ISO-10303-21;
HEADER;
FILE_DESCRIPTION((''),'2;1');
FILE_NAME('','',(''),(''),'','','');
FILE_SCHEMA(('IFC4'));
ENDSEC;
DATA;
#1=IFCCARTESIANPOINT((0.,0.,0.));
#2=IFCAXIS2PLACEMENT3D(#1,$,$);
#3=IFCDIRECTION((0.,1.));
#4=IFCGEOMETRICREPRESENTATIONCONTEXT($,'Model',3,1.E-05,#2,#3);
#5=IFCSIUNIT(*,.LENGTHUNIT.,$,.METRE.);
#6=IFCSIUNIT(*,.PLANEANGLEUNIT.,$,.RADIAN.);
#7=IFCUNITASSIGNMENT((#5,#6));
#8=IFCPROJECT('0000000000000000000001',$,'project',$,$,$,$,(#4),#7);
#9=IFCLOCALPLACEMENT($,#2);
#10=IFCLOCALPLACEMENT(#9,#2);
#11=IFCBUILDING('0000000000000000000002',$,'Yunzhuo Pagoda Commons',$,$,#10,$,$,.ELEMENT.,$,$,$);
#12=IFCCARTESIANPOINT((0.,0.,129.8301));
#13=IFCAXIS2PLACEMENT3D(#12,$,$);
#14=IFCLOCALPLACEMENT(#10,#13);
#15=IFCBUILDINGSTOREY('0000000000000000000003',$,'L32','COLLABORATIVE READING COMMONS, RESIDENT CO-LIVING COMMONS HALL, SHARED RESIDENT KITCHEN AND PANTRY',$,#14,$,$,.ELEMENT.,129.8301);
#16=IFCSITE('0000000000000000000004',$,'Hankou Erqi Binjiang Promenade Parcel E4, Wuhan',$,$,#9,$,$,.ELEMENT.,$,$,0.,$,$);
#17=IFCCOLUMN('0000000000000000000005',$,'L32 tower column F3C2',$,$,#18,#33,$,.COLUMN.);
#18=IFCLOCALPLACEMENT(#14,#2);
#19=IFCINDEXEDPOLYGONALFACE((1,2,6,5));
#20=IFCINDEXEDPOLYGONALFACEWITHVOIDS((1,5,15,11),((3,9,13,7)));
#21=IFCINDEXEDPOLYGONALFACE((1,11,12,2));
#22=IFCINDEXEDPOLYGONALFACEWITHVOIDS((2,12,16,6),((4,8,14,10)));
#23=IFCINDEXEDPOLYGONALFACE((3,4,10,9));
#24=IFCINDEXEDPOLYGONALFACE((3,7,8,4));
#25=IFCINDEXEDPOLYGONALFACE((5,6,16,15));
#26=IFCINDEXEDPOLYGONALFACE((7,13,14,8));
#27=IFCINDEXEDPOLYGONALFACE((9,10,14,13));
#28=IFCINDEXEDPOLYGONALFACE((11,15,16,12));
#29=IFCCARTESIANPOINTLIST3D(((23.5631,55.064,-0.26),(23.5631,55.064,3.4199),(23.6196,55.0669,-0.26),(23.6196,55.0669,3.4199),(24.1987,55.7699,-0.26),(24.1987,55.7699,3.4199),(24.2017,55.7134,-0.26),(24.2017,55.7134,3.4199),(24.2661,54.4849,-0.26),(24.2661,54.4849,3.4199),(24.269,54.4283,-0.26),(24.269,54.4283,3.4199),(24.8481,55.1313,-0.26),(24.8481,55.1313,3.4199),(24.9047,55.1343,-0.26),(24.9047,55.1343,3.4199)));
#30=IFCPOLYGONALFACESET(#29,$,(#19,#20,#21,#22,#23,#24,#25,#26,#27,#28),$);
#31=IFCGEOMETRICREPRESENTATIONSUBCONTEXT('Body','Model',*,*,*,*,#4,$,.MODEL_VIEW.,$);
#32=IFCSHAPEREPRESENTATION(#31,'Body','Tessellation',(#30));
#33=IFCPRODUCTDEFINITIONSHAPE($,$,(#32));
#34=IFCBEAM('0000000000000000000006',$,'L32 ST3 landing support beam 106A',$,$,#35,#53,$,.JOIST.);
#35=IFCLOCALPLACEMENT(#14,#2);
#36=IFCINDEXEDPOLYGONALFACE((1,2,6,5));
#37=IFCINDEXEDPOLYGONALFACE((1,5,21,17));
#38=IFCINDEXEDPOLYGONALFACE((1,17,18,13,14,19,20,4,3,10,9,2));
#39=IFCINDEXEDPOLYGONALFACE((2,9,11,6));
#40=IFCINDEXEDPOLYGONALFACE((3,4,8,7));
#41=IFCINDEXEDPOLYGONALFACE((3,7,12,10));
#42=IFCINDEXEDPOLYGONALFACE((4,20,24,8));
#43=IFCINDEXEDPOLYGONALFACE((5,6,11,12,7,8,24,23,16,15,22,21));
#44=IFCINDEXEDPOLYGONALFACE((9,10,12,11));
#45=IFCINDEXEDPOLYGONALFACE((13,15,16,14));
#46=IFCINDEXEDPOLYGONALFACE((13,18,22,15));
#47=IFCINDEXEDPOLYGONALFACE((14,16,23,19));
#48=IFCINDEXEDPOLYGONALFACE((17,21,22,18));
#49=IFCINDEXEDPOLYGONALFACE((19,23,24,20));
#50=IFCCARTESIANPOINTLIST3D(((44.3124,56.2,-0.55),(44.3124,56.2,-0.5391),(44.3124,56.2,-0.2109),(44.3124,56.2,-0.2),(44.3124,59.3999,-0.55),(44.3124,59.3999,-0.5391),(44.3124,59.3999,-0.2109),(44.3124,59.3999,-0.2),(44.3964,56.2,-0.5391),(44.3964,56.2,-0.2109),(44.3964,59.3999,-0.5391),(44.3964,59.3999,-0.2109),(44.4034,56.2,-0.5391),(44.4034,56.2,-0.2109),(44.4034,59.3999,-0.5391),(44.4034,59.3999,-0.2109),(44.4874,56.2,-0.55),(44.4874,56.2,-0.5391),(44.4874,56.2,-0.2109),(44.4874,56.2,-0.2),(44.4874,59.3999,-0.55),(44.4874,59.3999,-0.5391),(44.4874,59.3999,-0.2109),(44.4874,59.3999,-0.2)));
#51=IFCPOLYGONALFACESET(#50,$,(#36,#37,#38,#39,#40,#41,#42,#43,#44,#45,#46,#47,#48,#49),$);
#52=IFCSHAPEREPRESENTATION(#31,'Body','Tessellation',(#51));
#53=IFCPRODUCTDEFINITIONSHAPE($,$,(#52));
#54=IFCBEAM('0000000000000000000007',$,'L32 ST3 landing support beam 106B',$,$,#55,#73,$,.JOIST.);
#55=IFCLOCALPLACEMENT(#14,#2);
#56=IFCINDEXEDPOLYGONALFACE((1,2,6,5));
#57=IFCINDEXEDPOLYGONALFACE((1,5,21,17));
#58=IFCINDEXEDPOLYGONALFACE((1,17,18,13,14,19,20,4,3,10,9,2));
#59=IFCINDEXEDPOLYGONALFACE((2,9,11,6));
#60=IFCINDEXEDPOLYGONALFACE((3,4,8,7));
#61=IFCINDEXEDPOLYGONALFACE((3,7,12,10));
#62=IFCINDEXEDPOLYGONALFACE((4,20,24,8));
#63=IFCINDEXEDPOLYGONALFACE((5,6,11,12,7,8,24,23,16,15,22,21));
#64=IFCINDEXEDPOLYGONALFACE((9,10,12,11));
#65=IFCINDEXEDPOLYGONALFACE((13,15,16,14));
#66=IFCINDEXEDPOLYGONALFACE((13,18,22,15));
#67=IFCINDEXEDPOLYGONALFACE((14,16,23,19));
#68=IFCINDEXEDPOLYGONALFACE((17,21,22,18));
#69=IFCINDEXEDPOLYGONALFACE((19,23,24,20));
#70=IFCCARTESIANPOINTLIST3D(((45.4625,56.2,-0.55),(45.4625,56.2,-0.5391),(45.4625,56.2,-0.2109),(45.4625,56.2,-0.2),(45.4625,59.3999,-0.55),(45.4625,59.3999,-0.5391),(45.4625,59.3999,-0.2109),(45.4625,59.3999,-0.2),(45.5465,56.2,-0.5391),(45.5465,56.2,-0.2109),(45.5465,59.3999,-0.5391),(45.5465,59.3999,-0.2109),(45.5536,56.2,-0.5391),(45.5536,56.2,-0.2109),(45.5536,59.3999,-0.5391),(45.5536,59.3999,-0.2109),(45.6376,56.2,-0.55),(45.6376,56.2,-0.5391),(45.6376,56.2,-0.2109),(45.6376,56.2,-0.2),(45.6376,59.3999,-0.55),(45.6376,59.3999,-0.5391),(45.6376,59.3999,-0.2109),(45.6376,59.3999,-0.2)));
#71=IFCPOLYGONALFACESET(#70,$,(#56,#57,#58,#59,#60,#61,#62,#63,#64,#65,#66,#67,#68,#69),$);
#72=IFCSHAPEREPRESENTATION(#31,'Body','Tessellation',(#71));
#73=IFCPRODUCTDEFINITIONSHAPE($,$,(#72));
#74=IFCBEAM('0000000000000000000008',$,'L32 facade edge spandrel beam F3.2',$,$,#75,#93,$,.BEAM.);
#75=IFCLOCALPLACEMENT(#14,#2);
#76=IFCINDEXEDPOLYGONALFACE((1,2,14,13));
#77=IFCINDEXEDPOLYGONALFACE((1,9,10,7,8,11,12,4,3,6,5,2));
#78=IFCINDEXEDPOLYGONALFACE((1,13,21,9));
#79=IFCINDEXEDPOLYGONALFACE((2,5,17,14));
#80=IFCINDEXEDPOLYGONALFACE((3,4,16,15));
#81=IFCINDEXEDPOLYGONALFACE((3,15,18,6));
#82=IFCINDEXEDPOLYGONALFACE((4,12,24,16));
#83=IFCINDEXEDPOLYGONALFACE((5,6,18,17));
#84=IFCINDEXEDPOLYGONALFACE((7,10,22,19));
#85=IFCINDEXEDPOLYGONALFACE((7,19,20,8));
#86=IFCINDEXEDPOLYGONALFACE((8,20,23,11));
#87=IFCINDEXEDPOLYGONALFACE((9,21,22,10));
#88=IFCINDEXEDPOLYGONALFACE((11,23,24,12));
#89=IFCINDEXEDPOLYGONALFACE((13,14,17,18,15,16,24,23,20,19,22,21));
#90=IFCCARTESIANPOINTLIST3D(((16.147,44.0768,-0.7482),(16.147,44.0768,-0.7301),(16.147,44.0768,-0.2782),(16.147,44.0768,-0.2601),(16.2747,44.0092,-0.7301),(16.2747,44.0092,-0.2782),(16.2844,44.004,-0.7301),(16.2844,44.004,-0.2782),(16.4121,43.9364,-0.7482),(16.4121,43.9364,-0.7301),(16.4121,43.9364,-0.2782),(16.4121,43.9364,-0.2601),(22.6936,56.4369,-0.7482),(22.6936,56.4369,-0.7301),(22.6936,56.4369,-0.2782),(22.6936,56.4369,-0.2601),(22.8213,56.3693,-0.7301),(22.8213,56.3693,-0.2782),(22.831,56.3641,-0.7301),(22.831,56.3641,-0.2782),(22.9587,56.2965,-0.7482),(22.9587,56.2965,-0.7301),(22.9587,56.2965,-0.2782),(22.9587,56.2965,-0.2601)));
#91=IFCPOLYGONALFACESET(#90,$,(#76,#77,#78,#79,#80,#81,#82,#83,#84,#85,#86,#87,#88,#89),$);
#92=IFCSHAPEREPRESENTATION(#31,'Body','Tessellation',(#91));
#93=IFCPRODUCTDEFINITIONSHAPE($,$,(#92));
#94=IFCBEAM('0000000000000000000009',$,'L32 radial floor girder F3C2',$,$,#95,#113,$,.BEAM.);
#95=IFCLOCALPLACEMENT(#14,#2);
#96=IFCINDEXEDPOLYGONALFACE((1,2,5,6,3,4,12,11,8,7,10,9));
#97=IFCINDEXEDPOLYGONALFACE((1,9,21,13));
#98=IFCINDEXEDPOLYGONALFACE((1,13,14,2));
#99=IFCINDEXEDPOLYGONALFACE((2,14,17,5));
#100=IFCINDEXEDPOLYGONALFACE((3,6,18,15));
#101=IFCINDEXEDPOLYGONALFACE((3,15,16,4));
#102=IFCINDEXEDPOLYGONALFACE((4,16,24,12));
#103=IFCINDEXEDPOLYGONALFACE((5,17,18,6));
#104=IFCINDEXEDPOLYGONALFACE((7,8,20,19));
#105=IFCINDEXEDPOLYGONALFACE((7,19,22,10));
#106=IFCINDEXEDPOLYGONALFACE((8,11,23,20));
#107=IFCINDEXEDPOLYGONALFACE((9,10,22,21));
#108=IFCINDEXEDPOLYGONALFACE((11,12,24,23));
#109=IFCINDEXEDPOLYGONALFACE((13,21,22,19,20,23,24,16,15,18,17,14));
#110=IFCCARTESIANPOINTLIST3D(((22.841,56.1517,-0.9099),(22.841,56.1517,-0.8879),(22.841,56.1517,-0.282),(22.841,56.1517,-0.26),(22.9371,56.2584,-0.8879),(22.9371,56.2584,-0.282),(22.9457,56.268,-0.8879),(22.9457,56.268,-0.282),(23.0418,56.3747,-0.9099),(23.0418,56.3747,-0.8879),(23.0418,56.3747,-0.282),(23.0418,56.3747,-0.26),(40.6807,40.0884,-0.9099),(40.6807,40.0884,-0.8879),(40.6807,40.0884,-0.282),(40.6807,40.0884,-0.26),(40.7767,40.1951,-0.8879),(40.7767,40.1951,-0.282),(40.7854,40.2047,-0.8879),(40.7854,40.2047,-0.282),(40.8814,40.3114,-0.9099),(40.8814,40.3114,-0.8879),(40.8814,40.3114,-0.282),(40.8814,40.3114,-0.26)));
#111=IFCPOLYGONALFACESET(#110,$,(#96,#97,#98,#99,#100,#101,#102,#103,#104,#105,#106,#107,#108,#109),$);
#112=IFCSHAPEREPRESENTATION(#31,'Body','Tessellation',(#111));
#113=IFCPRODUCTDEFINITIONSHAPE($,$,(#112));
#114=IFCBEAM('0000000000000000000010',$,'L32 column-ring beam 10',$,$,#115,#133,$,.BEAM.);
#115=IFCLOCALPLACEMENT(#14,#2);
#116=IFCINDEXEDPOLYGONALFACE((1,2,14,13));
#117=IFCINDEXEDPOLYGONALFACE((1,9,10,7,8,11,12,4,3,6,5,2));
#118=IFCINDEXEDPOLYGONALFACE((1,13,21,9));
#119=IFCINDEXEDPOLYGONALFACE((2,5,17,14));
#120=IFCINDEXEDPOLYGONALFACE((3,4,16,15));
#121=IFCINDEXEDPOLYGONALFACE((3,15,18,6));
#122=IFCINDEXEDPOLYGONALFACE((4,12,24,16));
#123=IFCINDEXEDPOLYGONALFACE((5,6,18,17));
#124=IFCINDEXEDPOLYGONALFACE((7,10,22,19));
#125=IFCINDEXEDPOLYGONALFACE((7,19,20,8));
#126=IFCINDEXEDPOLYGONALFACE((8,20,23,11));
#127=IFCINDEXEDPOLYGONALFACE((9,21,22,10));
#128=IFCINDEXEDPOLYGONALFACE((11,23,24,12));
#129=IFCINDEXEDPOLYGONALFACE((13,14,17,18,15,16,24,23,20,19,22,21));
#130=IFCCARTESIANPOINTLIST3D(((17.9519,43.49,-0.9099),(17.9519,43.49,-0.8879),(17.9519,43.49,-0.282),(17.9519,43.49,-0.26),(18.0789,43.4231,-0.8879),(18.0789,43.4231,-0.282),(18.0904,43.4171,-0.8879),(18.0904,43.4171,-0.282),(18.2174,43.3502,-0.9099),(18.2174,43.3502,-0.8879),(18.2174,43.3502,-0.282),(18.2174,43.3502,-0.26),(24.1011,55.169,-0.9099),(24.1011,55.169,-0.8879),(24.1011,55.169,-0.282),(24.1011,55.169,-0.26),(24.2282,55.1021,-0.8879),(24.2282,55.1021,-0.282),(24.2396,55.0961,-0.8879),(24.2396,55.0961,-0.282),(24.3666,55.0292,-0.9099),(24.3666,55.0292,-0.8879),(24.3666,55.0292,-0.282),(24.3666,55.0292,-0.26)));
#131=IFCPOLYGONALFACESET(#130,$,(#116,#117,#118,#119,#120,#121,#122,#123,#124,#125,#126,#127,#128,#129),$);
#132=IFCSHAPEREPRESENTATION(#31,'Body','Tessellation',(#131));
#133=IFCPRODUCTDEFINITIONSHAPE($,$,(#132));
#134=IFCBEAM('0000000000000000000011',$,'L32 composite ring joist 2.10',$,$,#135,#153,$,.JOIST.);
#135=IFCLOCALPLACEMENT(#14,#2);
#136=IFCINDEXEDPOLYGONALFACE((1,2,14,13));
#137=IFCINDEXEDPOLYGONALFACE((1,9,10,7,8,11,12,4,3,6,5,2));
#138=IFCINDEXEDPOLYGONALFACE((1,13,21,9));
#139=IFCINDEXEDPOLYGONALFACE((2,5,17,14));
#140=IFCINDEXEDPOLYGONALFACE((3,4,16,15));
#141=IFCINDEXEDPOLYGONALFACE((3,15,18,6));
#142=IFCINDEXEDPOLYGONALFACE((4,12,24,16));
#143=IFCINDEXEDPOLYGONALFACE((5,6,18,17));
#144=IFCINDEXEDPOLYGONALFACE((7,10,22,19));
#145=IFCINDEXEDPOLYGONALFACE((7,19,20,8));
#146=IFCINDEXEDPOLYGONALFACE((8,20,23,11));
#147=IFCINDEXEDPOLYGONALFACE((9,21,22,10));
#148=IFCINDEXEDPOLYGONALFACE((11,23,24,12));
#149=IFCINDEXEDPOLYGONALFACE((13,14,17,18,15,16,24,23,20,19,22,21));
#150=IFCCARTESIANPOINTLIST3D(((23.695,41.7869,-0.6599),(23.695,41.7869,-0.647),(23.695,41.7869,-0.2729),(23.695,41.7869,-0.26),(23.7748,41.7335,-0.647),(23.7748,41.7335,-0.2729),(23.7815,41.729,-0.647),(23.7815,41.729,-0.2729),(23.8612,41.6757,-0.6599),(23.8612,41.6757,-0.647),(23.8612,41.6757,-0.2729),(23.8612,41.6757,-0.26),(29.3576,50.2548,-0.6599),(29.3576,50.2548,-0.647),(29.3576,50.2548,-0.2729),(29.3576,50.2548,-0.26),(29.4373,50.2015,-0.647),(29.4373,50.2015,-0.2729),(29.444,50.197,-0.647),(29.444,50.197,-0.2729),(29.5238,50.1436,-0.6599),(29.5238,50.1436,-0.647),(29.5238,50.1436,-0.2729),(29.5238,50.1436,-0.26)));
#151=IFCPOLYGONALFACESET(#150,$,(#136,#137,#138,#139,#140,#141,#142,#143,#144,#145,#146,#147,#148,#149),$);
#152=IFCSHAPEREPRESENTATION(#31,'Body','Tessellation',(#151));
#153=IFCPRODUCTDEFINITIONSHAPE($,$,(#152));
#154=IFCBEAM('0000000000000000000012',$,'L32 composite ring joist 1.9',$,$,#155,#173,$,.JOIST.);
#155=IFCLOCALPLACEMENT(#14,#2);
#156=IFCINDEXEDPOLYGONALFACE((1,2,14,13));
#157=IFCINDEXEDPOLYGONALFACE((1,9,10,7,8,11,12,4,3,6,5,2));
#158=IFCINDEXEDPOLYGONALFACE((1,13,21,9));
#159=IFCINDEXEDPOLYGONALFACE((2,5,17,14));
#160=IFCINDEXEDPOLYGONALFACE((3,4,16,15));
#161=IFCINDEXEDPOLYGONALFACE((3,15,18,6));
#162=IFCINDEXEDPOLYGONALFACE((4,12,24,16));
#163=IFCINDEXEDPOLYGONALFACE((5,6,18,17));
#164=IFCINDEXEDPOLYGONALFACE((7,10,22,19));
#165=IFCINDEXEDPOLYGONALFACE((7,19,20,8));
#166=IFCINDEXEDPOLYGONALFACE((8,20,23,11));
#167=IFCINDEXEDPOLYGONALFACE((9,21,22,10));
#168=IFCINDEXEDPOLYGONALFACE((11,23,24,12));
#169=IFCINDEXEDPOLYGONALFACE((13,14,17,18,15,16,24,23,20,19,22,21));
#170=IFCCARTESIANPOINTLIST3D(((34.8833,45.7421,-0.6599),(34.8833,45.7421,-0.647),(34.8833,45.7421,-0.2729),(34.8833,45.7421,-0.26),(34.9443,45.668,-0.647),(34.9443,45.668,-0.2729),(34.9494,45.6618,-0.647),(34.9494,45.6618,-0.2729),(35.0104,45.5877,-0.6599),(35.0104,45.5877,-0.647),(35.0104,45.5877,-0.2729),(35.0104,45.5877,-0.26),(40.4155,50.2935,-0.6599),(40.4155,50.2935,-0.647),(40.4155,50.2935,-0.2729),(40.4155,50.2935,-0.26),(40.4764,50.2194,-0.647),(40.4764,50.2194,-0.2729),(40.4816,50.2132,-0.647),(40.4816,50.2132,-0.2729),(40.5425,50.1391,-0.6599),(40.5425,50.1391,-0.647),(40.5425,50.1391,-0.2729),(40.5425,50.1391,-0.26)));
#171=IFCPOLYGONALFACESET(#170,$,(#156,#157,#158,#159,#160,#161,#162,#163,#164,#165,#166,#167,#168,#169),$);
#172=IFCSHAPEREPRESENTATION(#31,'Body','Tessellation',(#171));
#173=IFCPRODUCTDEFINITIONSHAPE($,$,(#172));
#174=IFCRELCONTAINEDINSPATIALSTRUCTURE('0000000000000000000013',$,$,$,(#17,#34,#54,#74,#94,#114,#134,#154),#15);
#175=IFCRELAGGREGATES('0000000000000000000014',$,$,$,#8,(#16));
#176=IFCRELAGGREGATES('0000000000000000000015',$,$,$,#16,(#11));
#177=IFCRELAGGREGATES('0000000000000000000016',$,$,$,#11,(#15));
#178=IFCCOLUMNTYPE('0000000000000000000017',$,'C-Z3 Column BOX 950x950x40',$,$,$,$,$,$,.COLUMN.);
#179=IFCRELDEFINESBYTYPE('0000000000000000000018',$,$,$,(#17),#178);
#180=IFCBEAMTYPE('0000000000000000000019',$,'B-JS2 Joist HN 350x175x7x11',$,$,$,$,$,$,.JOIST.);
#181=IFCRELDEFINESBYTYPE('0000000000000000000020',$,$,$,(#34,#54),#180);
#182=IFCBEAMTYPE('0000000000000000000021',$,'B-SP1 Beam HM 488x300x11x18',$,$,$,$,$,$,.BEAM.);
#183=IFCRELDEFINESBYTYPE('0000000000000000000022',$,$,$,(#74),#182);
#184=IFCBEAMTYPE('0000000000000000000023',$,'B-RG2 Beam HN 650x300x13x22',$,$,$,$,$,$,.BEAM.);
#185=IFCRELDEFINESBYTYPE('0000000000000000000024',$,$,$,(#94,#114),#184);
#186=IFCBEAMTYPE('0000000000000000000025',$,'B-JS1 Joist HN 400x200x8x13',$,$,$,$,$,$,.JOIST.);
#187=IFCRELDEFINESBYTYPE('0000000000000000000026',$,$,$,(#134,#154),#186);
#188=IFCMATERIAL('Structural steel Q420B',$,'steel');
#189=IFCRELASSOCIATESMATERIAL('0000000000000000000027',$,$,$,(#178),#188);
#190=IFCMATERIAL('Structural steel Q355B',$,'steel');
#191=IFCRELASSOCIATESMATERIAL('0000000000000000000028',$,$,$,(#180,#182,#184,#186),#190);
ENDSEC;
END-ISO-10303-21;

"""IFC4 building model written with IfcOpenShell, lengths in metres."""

from ifc_helpers import new_model, si_unit, direction, frame, origin, origin_2d, place, context, subcontext, project, spatial, hollow_rectangle, i_section, extrude, source, transform, mapped, material, material_profile, profile_set, type_object, element, save


model = new_model("IFC4")

# Units and contexts
model_context = context("Model", 3, precision=1e-05, world=origin(), true_north=direction((0.0, 1.0)))
body_context = subcontext(model_context, "Body", "Model", "MODEL_VIEW")
ifc_project = project(units=[si_unit("LENGTHUNIT", "METRE"), si_unit("PLANEANGLEUNIT", "RADIAN")], contexts=[model_context])

# Site, building, storey
site_placement = place(None, origin())
site = spatial("IfcSite", under=ifc_project, at=site_placement, Name="Hankou Erqi Binjiang Promenade Parcel E4, Wuhan", CompositionType="ELEMENT", RefElevation=0.0)
building_placement = place(site_placement, origin())
building = spatial("IfcBuilding", under=site, at=building_placement, Name="Yunzhuo Pagoda Commons", CompositionType="ELEMENT")
storey_placement = place(building_placement, frame((0.0, 0.0, 129.8301)))
storey = spatial("IfcBuildingStorey", under=building, at=storey_placement, Name="L32", Description="COLLABORATIVE READING COMMONS, RESIDENT CO-LIVING COMMONS HALL, SHARED RESIDENT KITCHEN AND PANTRY", CompositionType="ELEMENT", Elevation=129.8301)

# Column
ifc_material_1 = material(Name="Structural steel Q420B", Category="steel")
ifc_material_profile_1 = material_profile(ifc_material_1, hollow_rectangle(XDim=0.95, YDim=0.95, WallThickness=0.04, at=origin_2d()), Name="Structural steel Q420B")
ifc_profile_set_1 = profile_set([ifc_material_profile_1], Name="Structural steel Q420B")
column_type = type_object("IfcColumnType", Name="C-Z3 Column BOX 950x950x40", PredefinedType="COLUMN", material=ifc_profile_set_1)
shared_shape_1 = source(origin(), body_context, "Body", "SweptSolid", [
    extrude(hollow_rectangle(XDim=0.95, YDim=0.95, WallThickness=0.04, at=origin_2d()), origin(), (0.0, 0.0, 1.0), 3.6799),
])
column_placement = place(storey_placement, frame((24.2339, 55.0991, -0.26), z_axis=(0.0, 0.0, 1.0), x_axis=(-0.669131, -0.743145, 0.0)))
element("IfcColumn", 1, at=column_placement, inside=storey, type_object=column_type, Name="L32 tower column F3C2", PredefinedType="COLUMN", context=body_context, shape_type="MappedRepresentation", body=[
    mapped(shared_shape_1, transform((0.0, 0.0, 0.0), scale=1.0)),
])

# Beams
ifc_material_2 = material(Name="Structural steel Q355B", Category="steel")
ifc_material_profile_2 = material_profile(ifc_material_2, i_section(OverallWidth=0.175, OverallDepth=0.3501, WebThickness=0.0071, FlangeThickness=0.011, at=origin_2d()), Name="Structural steel Q355B")
ifc_profile_set_2 = profile_set([ifc_material_profile_2], Name="Structural steel Q355B")
beam_type_1 = type_object("IfcBeamType", Name="B-JS2 Joist HN 350x175x7x11", PredefinedType="JOIST", material=ifc_profile_set_2)
shared_shape_2 = source(origin(), body_context, "Body", "SweptSolid", [
    extrude(i_section(OverallWidth=0.175, OverallDepth=0.3501, WebThickness=0.0071, FlangeThickness=0.011, at=origin_2d()), origin(), (0.0, 0.0, 1.0), 3.2),
])
for number, where, z_axis, x_axis, name in (
    (2, (44.3999, 56.2, -0.375), (0.0, 1.0, 0.0), (-1.0, 0.0, 0.0), "L32 ST3 landing support beam 106A"),
    (3, (45.55, 56.2, -0.375), (0.0, 1.0, 0.0), (-1.0, 0.0, 0.0), "L32 ST3 landing support beam 106B"),
):
    element("IfcBeam", number, at=place(storey_placement, frame(where, z_axis=z_axis, x_axis=x_axis)), inside=storey, type_object=beam_type_1, Name=name, PredefinedType="JOIST", context=body_context, shape_type="MappedRepresentation", body=[
        mapped(shared_shape_2, transform((0.0, 0.0, 0.0), scale=1.0)),
    ])
ifc_material_profile_3 = material_profile(ifc_material_2, i_section(OverallWidth=0.3, OverallDepth=0.488, WebThickness=0.011, FlangeThickness=0.0181, at=origin_2d()), Name="Structural steel Q355B")
ifc_profile_set_3 = profile_set([ifc_material_profile_3], Name="Structural steel Q355B")
beam_type_2 = type_object("IfcBeamType", Name="B-SP1 Beam HM 488x300x11x18", PredefinedType="BEAM", material=ifc_profile_set_3)
shared_shape_3 = source(origin(), body_context, "Body", "SweptSolid", [
    extrude(i_section(OverallWidth=0.3, OverallDepth=0.488, WebThickness=0.011, FlangeThickness=0.0181, at=origin_2d()), origin(), (0.0, 0.0, 1.0), 13.9868),
])
beam_1_placement = place(storey_placement, frame((22.8262, 56.3667, -0.5042), z_axis=(-0.468058, -0.883698, 0.0), x_axis=(0.883698, -0.468058, 0.0)))
element("IfcBeam", 4, at=beam_1_placement, inside=storey, type_object=beam_type_2, Name="L32 facade edge spandrel beam F3.2", PredefinedType="BEAM", context=body_context, shape_type="MappedRepresentation", body=[
    mapped(shared_shape_3, transform((0.0, 0.0, 0.0), scale=1.0)),
])
ifc_material_profile_4 = material_profile(ifc_material_2, i_section(OverallWidth=0.3, OverallDepth=0.6499, WebThickness=0.0129, FlangeThickness=0.022, at=origin_2d()), Name="Structural steel Q355B")
ifc_profile_set_4 = profile_set([ifc_material_profile_4], Name="Structural steel Q355B")
beam_type_3 = type_object("IfcBeamType", Name="B-RG2 Beam HN 650x300x13x22", PredefinedType="BEAM", material=ifc_profile_set_4)
shared_shape_4 = source(origin(), body_context, "Body", "SweptSolid", [
    extrude(i_section(OverallWidth=0.3, OverallDepth=0.6499, WebThickness=0.0129, FlangeThickness=0.022, at=origin_2d()), origin(), (0.0, 0.0, 1.0), 24.0059),
])
beam_2_placement = place(storey_placement, frame((22.9414, 56.2632, -0.585), z_axis=(0.743137, -0.669139, 0.0), x_axis=(0.669139, 0.743137, 0.0)))
element("IfcBeam", 5, at=beam_2_placement, inside=storey, type_object=beam_type_3, Name="L32 radial floor girder F3C2", PredefinedType="BEAM", context=body_context, shape_type="MappedRepresentation", body=[
    mapped(shared_shape_4, transform((0.0, 0.0, 0.0), scale=1.0)),
])
shared_shape_5 = source(origin(), body_context, "Body", "SweptSolid", [
    extrude(i_section(OverallWidth=0.3, OverallDepth=0.6499, WebThickness=0.0129, FlangeThickness=0.022, at=origin_2d()), origin(), (0.0, 0.0, 1.0), 13.199),
])
beam_3_placement = place(storey_placement, frame((24.2339, 55.0991, -0.585), z_axis=(-0.465886, -0.884845, 0.0), x_axis=(0.884845, -0.465886, 0.0)))
element("IfcBeam", 6, at=beam_3_placement, inside=storey, type_object=beam_type_3, Name="L32 column-ring beam 10", PredefinedType="BEAM", context=body_context, shape_type="MappedRepresentation", body=[
    mapped(shared_shape_5, transform((0.0, 0.0, 0.0), scale=1.0)),
])
ifc_material_profile_5 = material_profile(ifc_material_2, i_section(OverallWidth=0.2, OverallDepth=0.3999, WebThickness=0.0081, FlangeThickness=0.0129, at=origin_2d()), Name="Structural steel Q355B")
ifc_profile_set_5 = profile_set([ifc_material_profile_5], Name="Structural steel Q355B")
beam_type_4 = type_object("IfcBeamType", Name="B-JS1 Joist HN 400x200x8x13", PredefinedType="JOIST", material=ifc_profile_set_5)
shared_shape_6 = source(origin(), body_context, "Body", "SweptSolid", [
    extrude(i_section(OverallWidth=0.2, OverallDepth=0.3999, WebThickness=0.0081, FlangeThickness=0.0129, at=origin_2d()), origin(), (0.0, 0.0, 1.0), 10.1868),
])
beam_4_placement = place(storey_placement, frame((29.4407, 50.1992, -0.46), z_axis=(-0.555872, -0.831268, 0.0), x_axis=(0.831268, -0.555872, 0.0)))
element("IfcBeam", 7, at=beam_4_placement, inside=storey, type_object=beam_type_4, Name="L32 composite ring joist 2.10", PredefinedType="JOIST", context=body_context, shape_type="MappedRepresentation", body=[
    mapped(shared_shape_6, transform((0.0, 0.0, 0.0), scale=1.0)),
])
shared_shape_7 = source(origin(), body_context, "Body", "SweptSolid", [
    extrude(i_section(OverallWidth=0.2, OverallDepth=0.3999, WebThickness=0.0081, FlangeThickness=0.0129, at=origin_2d()), origin(), (0.0, 0.0, 1.0), 7.1638),
])
beam_5_placement = place(storey_placement, frame((40.479, 50.2163, -0.46), z_axis=(-0.772234, -0.635338, 0.0), x_axis=(0.635338, -0.772234, 0.0)))
element("IfcBeam", 8, at=beam_5_placement, inside=storey, type_object=beam_type_4, Name="L32 composite ring joist 1.9", PredefinedType="JOIST", context=body_context, shape_type="MappedRepresentation", body=[
    mapped(shared_shape_7, transform((0.0, 0.0, 0.0), scale=1.0)),
])

save(model, "model.ifc")
